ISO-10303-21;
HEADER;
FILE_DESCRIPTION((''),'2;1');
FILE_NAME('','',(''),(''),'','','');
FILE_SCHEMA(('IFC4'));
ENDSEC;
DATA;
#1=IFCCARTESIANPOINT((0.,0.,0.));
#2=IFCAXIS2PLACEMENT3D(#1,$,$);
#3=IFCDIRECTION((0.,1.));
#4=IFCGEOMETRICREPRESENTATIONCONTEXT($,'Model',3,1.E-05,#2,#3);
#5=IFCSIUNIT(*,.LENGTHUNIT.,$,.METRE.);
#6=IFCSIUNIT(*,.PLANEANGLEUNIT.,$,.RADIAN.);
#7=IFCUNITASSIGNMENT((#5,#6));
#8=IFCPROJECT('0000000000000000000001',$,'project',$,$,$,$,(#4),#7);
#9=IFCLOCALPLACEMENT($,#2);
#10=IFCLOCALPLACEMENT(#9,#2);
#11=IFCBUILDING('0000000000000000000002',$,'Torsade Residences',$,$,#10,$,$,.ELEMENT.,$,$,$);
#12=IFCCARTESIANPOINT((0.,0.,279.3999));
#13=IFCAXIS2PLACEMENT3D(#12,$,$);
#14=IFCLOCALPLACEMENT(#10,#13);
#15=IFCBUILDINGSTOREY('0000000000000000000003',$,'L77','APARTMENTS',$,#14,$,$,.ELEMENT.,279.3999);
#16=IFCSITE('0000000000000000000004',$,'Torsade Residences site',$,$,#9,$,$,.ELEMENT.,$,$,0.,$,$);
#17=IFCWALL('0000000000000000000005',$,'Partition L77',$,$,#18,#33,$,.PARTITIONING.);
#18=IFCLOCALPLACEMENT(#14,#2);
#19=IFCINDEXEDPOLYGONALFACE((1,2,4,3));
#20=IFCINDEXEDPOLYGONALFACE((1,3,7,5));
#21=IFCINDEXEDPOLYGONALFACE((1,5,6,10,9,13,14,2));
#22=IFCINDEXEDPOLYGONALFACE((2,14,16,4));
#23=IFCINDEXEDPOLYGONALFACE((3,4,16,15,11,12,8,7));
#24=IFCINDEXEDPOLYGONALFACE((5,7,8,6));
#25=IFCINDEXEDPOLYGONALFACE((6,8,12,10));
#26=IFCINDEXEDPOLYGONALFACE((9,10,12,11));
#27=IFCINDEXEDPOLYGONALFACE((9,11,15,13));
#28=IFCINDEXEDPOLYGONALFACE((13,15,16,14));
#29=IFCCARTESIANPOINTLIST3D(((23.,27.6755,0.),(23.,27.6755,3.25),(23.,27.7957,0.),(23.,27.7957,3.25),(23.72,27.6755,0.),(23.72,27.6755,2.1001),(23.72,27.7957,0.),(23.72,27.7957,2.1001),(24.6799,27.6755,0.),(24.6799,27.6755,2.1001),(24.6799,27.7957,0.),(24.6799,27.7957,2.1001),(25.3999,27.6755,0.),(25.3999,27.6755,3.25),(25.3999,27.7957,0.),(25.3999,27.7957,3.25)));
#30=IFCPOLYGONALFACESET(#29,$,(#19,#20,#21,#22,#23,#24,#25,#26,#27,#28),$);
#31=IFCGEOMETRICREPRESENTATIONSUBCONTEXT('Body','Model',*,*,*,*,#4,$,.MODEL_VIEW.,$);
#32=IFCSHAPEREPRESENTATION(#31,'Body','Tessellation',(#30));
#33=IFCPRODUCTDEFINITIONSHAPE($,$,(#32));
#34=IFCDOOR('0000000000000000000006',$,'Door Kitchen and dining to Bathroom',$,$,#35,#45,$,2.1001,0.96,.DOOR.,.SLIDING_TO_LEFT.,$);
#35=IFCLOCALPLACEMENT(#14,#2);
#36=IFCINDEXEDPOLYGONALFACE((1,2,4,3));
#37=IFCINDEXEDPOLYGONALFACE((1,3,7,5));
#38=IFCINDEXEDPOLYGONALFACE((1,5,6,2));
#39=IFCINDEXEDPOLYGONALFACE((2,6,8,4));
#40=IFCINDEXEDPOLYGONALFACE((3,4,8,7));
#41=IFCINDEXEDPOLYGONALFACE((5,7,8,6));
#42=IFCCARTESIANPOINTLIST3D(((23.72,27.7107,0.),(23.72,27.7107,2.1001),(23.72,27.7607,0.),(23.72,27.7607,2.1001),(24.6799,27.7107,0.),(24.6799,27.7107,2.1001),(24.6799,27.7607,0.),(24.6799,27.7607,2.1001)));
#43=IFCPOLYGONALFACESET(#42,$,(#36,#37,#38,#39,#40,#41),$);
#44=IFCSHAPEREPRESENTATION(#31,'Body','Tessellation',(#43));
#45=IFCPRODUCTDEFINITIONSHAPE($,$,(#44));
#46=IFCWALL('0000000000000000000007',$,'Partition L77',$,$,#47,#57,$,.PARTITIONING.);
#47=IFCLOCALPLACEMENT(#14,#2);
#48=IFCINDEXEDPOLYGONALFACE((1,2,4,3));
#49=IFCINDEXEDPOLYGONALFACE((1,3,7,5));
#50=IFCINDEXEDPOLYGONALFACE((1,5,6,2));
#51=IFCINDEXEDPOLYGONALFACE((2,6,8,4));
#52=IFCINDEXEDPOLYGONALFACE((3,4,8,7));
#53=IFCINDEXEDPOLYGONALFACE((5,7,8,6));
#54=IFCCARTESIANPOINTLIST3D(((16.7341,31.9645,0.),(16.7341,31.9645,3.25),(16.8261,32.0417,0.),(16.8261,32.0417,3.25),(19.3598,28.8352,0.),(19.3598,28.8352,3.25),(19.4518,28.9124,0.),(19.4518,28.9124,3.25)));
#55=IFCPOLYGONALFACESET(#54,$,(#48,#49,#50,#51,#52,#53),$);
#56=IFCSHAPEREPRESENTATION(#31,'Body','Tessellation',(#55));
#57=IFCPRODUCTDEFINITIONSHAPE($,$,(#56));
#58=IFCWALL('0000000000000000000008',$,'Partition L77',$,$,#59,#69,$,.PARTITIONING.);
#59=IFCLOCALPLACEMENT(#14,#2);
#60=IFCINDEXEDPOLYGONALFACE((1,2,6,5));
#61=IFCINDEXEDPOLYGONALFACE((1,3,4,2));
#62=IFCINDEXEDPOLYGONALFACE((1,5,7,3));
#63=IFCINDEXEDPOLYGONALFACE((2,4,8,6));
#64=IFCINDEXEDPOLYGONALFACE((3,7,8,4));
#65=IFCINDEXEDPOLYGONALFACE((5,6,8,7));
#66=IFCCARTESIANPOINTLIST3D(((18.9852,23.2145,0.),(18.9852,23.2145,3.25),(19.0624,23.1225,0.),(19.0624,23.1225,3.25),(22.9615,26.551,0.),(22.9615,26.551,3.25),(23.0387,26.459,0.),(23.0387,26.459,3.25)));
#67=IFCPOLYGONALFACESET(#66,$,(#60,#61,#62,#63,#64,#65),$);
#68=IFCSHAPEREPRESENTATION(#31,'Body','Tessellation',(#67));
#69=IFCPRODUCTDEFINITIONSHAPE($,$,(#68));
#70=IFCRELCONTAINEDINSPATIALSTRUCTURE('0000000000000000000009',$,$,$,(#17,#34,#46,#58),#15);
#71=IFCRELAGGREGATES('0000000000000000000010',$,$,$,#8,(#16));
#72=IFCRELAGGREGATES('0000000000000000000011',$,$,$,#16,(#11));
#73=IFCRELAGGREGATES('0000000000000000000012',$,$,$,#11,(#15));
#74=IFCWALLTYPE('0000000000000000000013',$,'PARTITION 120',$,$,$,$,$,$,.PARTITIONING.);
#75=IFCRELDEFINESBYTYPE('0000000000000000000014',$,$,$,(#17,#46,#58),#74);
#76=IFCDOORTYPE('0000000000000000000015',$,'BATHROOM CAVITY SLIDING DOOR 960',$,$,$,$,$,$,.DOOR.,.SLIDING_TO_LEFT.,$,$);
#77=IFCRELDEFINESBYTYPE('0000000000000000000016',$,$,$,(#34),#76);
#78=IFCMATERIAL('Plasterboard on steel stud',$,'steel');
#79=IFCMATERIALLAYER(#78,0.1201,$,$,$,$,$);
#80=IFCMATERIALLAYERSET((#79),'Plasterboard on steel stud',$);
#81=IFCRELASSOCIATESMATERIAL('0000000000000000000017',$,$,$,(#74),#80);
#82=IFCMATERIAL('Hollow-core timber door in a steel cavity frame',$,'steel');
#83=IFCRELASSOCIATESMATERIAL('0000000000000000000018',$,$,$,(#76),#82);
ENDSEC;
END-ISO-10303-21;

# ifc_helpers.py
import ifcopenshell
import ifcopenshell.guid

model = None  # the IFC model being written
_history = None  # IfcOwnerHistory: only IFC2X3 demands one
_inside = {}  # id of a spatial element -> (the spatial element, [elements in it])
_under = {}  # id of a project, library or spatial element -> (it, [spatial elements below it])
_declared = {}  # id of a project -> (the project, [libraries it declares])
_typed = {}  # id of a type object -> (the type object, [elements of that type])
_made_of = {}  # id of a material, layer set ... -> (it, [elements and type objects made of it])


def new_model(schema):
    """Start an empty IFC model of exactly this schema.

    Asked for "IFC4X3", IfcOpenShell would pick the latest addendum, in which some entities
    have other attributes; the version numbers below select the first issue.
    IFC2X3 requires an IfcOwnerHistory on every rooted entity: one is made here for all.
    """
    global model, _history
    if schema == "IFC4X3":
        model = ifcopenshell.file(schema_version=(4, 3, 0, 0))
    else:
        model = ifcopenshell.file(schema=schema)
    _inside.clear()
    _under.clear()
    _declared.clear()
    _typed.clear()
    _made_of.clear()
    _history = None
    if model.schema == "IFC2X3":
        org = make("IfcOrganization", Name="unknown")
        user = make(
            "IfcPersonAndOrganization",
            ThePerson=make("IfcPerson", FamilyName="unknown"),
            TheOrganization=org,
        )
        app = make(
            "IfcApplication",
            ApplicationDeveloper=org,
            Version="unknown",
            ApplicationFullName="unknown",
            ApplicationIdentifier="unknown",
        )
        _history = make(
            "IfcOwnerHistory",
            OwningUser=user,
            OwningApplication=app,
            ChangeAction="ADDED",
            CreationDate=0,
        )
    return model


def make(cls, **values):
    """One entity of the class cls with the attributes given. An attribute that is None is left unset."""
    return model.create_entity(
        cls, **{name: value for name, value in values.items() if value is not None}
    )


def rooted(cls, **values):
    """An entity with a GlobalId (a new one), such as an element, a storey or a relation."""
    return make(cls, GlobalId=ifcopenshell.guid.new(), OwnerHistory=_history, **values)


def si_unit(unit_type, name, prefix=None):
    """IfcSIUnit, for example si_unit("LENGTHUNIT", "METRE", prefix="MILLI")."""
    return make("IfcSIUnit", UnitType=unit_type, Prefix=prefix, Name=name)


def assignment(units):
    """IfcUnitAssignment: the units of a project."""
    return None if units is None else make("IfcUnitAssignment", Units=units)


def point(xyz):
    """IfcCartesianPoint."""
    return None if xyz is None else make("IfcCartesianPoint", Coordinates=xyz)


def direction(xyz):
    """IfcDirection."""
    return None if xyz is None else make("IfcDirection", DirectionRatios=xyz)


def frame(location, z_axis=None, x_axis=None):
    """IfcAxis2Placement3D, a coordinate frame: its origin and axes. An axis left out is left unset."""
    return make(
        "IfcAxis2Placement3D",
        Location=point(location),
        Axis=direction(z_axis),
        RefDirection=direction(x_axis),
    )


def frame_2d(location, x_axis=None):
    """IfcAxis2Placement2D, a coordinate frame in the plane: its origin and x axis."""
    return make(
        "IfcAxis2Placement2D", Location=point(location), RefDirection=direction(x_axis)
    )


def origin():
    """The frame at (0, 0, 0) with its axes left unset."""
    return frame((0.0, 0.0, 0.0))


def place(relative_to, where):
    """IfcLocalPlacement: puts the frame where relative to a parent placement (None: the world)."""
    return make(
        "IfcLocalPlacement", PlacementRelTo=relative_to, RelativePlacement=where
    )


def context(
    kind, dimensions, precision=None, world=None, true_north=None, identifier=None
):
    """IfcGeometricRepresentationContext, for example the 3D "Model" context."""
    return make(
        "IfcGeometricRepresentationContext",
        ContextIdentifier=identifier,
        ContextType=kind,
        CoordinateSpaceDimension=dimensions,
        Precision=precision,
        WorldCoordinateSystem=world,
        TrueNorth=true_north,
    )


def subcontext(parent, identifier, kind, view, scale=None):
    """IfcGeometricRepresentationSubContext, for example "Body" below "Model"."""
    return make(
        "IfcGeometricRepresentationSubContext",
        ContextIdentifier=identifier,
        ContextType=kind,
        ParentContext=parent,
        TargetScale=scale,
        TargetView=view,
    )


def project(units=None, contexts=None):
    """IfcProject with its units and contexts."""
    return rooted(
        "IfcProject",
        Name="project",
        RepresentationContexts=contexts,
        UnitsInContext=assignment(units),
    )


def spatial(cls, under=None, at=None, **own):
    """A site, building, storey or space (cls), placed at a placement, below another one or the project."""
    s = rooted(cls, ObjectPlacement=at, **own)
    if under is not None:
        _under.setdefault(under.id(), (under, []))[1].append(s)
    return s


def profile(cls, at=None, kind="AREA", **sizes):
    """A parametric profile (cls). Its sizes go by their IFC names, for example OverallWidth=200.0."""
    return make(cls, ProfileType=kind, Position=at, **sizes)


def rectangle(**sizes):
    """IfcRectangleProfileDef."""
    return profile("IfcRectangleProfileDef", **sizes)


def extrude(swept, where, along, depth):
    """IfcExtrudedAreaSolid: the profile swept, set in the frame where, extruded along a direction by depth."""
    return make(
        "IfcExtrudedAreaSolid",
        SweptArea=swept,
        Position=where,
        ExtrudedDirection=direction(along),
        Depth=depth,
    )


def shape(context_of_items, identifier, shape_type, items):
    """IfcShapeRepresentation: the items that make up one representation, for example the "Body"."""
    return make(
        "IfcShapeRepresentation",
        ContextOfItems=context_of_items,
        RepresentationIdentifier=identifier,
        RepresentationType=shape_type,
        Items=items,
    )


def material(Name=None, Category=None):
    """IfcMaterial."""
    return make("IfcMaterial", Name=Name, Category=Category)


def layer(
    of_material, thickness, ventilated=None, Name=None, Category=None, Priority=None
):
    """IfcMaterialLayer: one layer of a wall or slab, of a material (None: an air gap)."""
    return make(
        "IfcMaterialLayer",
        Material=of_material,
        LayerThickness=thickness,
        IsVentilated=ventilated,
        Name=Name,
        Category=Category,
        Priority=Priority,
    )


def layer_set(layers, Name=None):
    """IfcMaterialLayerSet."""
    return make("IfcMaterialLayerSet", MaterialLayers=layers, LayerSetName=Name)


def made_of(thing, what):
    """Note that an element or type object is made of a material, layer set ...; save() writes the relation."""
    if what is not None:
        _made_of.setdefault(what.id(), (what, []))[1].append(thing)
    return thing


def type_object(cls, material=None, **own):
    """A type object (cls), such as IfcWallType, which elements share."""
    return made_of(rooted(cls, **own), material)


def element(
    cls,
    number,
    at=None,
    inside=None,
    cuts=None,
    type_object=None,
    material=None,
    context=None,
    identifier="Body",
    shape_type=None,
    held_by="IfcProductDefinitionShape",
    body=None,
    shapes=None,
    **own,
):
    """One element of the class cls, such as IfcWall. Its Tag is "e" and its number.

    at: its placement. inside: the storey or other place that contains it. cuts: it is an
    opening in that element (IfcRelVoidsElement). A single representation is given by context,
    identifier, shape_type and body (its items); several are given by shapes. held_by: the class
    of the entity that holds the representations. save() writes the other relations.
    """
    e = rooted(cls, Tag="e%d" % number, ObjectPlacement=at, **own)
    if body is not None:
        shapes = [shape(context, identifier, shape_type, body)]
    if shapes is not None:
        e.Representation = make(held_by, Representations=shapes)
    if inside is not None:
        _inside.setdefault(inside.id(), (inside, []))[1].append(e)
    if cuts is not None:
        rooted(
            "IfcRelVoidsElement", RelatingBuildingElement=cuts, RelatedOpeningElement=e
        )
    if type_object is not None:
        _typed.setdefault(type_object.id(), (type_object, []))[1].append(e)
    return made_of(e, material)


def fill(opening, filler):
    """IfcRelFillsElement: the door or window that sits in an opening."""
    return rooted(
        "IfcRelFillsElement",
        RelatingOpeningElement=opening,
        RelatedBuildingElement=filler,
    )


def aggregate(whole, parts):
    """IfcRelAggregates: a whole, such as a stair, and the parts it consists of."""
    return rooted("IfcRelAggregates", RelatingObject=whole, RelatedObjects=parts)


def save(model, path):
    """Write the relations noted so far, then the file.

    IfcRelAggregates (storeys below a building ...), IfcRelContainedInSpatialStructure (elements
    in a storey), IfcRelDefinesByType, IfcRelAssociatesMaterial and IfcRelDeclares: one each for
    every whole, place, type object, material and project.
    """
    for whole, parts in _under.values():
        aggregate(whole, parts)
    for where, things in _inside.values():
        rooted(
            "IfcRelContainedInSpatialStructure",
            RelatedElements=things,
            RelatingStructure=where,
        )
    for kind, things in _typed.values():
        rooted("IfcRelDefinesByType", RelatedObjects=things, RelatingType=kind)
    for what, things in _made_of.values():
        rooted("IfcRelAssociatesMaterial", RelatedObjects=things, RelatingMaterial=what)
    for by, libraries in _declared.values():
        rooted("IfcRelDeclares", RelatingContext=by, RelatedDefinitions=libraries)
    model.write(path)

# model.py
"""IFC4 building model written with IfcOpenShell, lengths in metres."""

from ifc_helpers import new_model, si_unit, direction, frame, frame_2d, origin, place, context, subcontext, project, spatial, rectangle, extrude, material, layer, layer_set, type_object, element, fill, save


model = new_model("IFC4")

# Units and contexts
model_context = context("Model", 3, precision=1e-05, world=origin(), true_north=direction((0.0, 1.0)))
body_context = subcontext(model_context, "Body", "Model", "MODEL_VIEW")
ifc_project = project(units=[si_unit("LENGTHUNIT", "METRE"), si_unit("PLANEANGLEUNIT", "RADIAN")], contexts=[model_context])

# Site, building, storey
site_placement = place(None, origin())
site = spatial("IfcSite", under=ifc_project, at=site_placement, Name="Torsade Residences site", CompositionType="ELEMENT", RefElevation=0.0)
building_placement = place(site_placement, origin())
building = spatial("IfcBuilding", under=site, at=building_placement, Name="Torsade Residences", CompositionType="ELEMENT")
storey_placement = place(building_placement, frame((0.0, 0.0, 279.3999)))
storey = spatial("IfcBuildingStorey", under=building, at=storey_placement, Name="L77", Description="APARTMENTS", CompositionType="ELEMENT", Elevation=279.3999)

# Wall, opening, door
ifc_material_1 = material(Name="Plasterboard on steel stud", Category="steel")
ifc_layer_1 = layer(ifc_material_1, 0.1201)
ifc_layer_set_1 = layer_set([ifc_layer_1], Name="Plasterboard on steel stud")
wall_type_1 = type_object("IfcWallType", Name="PARTITION 120", PredefinedType="PARTITIONING", material=ifc_layer_set_1)
wall_1_placement = place(storey_placement, frame((25.3999, 27.7356, 0.0), z_axis=(0.0, 0.0, 1.0), x_axis=(-1.0, 0.0, 0.0)))
wall_1 = element("IfcWall", 1, at=wall_1_placement, inside=storey, type_object=wall_type_1, Name="Partition L77", PredefinedType="PARTITIONING", context=body_context, shape_type="SweptSolid", body=[
    extrude(rectangle(XDim=2.3999, YDim=0.1201, at=frame_2d((1.2, 0.0))), origin(), (0.0, 0.0, 1.0), 3.25),
])
opening_1_placement = place(wall_1_placement, frame((0.72, 0.0, 0.0)))
opening_1 = element("IfcOpeningElement", 2, at=opening_1_placement, cuts=wall_1, PredefinedType="OPENING", context=body_context, shape_type="SweptSolid", body=[
    extrude(rectangle(XDim=0.96, YDim=2.1001, at=frame_2d((0.48, 1.05))), frame((0.0, 0.0701, 0.0), z_axis=(0.0, -1.0, 0.0), x_axis=(1.0, 0.0, 0.0)), (0.0, 0.0, 1.0), 0.1401),
])
ifc_material_2 = material(Name="Hollow-core timber door in a steel cavity frame", Category="steel")
door_type_1 = type_object("IfcDoorType", Name="BATHROOM CAVITY SLIDING DOOR 960", OperationType="SLIDING_TO_LEFT", PredefinedType="DOOR", material=ifc_material_2)
door_1_placement = place(opening_1_placement, origin())
door_1 = element("IfcDoor", 3, at=door_1_placement, inside=storey, type_object=door_type_1, Name="Door Kitchen and dining to Bathroom", OperationType="SLIDING_TO_LEFT", OverallHeight=2.1001, OverallWidth=0.96, PredefinedType="DOOR", context=body_context, shape_type="SweptSolid", body=[
    extrude(rectangle(XDim=0.96, YDim=2.1001, at=frame_2d((0.48, 1.05))), frame((0.0, 0.0249, 0.0), z_axis=(0.0, -1.0, 0.0), x_axis=(1.0, 0.0, 0.0)), (0.0, 0.0, 1.0), 0.05),
])
fill(opening_1, door_1)

# Walls
wall_2_placement = place(storey_placement, frame((19.4058, 28.8738, 0.0), z_axis=(0.0, 0.0, 1.0), x_axis=(-0.642767, 0.766061, 0.0)))
element("IfcWall", 4, at=wall_2_placement, inside=storey, type_object=wall_type_1, Name="Partition L77", PredefinedType="PARTITIONING", context=body_context, shape_type="SweptSolid", body=[
    extrude(rectangle(XDim=4.085, YDim=0.1201, at=frame_2d((2.0425, 0.0))), origin(), (0.0, 0.0, 1.0), 3.25),
])
wall_3_placement = place(storey_placement, frame((23.0, 26.5049, 0.0), z_axis=(0.0, 0.0, 1.0), x_axis=(-0.766054, -0.642776, 0.0)))
element("IfcWall", 5, at=wall_3_placement, inside=storey, type_object=wall_type_1, Name="Partition L77", PredefinedType="PARTITIONING", context=body_context, shape_type="SweptSolid", body=[
    extrude(rectangle(XDim=5.1907, YDim=0.1201, at=frame_2d((2.5952, 0.0))), origin(), (0.0, 0.0, 1.0), 3.25),
])

save(model, "model.ifc")
